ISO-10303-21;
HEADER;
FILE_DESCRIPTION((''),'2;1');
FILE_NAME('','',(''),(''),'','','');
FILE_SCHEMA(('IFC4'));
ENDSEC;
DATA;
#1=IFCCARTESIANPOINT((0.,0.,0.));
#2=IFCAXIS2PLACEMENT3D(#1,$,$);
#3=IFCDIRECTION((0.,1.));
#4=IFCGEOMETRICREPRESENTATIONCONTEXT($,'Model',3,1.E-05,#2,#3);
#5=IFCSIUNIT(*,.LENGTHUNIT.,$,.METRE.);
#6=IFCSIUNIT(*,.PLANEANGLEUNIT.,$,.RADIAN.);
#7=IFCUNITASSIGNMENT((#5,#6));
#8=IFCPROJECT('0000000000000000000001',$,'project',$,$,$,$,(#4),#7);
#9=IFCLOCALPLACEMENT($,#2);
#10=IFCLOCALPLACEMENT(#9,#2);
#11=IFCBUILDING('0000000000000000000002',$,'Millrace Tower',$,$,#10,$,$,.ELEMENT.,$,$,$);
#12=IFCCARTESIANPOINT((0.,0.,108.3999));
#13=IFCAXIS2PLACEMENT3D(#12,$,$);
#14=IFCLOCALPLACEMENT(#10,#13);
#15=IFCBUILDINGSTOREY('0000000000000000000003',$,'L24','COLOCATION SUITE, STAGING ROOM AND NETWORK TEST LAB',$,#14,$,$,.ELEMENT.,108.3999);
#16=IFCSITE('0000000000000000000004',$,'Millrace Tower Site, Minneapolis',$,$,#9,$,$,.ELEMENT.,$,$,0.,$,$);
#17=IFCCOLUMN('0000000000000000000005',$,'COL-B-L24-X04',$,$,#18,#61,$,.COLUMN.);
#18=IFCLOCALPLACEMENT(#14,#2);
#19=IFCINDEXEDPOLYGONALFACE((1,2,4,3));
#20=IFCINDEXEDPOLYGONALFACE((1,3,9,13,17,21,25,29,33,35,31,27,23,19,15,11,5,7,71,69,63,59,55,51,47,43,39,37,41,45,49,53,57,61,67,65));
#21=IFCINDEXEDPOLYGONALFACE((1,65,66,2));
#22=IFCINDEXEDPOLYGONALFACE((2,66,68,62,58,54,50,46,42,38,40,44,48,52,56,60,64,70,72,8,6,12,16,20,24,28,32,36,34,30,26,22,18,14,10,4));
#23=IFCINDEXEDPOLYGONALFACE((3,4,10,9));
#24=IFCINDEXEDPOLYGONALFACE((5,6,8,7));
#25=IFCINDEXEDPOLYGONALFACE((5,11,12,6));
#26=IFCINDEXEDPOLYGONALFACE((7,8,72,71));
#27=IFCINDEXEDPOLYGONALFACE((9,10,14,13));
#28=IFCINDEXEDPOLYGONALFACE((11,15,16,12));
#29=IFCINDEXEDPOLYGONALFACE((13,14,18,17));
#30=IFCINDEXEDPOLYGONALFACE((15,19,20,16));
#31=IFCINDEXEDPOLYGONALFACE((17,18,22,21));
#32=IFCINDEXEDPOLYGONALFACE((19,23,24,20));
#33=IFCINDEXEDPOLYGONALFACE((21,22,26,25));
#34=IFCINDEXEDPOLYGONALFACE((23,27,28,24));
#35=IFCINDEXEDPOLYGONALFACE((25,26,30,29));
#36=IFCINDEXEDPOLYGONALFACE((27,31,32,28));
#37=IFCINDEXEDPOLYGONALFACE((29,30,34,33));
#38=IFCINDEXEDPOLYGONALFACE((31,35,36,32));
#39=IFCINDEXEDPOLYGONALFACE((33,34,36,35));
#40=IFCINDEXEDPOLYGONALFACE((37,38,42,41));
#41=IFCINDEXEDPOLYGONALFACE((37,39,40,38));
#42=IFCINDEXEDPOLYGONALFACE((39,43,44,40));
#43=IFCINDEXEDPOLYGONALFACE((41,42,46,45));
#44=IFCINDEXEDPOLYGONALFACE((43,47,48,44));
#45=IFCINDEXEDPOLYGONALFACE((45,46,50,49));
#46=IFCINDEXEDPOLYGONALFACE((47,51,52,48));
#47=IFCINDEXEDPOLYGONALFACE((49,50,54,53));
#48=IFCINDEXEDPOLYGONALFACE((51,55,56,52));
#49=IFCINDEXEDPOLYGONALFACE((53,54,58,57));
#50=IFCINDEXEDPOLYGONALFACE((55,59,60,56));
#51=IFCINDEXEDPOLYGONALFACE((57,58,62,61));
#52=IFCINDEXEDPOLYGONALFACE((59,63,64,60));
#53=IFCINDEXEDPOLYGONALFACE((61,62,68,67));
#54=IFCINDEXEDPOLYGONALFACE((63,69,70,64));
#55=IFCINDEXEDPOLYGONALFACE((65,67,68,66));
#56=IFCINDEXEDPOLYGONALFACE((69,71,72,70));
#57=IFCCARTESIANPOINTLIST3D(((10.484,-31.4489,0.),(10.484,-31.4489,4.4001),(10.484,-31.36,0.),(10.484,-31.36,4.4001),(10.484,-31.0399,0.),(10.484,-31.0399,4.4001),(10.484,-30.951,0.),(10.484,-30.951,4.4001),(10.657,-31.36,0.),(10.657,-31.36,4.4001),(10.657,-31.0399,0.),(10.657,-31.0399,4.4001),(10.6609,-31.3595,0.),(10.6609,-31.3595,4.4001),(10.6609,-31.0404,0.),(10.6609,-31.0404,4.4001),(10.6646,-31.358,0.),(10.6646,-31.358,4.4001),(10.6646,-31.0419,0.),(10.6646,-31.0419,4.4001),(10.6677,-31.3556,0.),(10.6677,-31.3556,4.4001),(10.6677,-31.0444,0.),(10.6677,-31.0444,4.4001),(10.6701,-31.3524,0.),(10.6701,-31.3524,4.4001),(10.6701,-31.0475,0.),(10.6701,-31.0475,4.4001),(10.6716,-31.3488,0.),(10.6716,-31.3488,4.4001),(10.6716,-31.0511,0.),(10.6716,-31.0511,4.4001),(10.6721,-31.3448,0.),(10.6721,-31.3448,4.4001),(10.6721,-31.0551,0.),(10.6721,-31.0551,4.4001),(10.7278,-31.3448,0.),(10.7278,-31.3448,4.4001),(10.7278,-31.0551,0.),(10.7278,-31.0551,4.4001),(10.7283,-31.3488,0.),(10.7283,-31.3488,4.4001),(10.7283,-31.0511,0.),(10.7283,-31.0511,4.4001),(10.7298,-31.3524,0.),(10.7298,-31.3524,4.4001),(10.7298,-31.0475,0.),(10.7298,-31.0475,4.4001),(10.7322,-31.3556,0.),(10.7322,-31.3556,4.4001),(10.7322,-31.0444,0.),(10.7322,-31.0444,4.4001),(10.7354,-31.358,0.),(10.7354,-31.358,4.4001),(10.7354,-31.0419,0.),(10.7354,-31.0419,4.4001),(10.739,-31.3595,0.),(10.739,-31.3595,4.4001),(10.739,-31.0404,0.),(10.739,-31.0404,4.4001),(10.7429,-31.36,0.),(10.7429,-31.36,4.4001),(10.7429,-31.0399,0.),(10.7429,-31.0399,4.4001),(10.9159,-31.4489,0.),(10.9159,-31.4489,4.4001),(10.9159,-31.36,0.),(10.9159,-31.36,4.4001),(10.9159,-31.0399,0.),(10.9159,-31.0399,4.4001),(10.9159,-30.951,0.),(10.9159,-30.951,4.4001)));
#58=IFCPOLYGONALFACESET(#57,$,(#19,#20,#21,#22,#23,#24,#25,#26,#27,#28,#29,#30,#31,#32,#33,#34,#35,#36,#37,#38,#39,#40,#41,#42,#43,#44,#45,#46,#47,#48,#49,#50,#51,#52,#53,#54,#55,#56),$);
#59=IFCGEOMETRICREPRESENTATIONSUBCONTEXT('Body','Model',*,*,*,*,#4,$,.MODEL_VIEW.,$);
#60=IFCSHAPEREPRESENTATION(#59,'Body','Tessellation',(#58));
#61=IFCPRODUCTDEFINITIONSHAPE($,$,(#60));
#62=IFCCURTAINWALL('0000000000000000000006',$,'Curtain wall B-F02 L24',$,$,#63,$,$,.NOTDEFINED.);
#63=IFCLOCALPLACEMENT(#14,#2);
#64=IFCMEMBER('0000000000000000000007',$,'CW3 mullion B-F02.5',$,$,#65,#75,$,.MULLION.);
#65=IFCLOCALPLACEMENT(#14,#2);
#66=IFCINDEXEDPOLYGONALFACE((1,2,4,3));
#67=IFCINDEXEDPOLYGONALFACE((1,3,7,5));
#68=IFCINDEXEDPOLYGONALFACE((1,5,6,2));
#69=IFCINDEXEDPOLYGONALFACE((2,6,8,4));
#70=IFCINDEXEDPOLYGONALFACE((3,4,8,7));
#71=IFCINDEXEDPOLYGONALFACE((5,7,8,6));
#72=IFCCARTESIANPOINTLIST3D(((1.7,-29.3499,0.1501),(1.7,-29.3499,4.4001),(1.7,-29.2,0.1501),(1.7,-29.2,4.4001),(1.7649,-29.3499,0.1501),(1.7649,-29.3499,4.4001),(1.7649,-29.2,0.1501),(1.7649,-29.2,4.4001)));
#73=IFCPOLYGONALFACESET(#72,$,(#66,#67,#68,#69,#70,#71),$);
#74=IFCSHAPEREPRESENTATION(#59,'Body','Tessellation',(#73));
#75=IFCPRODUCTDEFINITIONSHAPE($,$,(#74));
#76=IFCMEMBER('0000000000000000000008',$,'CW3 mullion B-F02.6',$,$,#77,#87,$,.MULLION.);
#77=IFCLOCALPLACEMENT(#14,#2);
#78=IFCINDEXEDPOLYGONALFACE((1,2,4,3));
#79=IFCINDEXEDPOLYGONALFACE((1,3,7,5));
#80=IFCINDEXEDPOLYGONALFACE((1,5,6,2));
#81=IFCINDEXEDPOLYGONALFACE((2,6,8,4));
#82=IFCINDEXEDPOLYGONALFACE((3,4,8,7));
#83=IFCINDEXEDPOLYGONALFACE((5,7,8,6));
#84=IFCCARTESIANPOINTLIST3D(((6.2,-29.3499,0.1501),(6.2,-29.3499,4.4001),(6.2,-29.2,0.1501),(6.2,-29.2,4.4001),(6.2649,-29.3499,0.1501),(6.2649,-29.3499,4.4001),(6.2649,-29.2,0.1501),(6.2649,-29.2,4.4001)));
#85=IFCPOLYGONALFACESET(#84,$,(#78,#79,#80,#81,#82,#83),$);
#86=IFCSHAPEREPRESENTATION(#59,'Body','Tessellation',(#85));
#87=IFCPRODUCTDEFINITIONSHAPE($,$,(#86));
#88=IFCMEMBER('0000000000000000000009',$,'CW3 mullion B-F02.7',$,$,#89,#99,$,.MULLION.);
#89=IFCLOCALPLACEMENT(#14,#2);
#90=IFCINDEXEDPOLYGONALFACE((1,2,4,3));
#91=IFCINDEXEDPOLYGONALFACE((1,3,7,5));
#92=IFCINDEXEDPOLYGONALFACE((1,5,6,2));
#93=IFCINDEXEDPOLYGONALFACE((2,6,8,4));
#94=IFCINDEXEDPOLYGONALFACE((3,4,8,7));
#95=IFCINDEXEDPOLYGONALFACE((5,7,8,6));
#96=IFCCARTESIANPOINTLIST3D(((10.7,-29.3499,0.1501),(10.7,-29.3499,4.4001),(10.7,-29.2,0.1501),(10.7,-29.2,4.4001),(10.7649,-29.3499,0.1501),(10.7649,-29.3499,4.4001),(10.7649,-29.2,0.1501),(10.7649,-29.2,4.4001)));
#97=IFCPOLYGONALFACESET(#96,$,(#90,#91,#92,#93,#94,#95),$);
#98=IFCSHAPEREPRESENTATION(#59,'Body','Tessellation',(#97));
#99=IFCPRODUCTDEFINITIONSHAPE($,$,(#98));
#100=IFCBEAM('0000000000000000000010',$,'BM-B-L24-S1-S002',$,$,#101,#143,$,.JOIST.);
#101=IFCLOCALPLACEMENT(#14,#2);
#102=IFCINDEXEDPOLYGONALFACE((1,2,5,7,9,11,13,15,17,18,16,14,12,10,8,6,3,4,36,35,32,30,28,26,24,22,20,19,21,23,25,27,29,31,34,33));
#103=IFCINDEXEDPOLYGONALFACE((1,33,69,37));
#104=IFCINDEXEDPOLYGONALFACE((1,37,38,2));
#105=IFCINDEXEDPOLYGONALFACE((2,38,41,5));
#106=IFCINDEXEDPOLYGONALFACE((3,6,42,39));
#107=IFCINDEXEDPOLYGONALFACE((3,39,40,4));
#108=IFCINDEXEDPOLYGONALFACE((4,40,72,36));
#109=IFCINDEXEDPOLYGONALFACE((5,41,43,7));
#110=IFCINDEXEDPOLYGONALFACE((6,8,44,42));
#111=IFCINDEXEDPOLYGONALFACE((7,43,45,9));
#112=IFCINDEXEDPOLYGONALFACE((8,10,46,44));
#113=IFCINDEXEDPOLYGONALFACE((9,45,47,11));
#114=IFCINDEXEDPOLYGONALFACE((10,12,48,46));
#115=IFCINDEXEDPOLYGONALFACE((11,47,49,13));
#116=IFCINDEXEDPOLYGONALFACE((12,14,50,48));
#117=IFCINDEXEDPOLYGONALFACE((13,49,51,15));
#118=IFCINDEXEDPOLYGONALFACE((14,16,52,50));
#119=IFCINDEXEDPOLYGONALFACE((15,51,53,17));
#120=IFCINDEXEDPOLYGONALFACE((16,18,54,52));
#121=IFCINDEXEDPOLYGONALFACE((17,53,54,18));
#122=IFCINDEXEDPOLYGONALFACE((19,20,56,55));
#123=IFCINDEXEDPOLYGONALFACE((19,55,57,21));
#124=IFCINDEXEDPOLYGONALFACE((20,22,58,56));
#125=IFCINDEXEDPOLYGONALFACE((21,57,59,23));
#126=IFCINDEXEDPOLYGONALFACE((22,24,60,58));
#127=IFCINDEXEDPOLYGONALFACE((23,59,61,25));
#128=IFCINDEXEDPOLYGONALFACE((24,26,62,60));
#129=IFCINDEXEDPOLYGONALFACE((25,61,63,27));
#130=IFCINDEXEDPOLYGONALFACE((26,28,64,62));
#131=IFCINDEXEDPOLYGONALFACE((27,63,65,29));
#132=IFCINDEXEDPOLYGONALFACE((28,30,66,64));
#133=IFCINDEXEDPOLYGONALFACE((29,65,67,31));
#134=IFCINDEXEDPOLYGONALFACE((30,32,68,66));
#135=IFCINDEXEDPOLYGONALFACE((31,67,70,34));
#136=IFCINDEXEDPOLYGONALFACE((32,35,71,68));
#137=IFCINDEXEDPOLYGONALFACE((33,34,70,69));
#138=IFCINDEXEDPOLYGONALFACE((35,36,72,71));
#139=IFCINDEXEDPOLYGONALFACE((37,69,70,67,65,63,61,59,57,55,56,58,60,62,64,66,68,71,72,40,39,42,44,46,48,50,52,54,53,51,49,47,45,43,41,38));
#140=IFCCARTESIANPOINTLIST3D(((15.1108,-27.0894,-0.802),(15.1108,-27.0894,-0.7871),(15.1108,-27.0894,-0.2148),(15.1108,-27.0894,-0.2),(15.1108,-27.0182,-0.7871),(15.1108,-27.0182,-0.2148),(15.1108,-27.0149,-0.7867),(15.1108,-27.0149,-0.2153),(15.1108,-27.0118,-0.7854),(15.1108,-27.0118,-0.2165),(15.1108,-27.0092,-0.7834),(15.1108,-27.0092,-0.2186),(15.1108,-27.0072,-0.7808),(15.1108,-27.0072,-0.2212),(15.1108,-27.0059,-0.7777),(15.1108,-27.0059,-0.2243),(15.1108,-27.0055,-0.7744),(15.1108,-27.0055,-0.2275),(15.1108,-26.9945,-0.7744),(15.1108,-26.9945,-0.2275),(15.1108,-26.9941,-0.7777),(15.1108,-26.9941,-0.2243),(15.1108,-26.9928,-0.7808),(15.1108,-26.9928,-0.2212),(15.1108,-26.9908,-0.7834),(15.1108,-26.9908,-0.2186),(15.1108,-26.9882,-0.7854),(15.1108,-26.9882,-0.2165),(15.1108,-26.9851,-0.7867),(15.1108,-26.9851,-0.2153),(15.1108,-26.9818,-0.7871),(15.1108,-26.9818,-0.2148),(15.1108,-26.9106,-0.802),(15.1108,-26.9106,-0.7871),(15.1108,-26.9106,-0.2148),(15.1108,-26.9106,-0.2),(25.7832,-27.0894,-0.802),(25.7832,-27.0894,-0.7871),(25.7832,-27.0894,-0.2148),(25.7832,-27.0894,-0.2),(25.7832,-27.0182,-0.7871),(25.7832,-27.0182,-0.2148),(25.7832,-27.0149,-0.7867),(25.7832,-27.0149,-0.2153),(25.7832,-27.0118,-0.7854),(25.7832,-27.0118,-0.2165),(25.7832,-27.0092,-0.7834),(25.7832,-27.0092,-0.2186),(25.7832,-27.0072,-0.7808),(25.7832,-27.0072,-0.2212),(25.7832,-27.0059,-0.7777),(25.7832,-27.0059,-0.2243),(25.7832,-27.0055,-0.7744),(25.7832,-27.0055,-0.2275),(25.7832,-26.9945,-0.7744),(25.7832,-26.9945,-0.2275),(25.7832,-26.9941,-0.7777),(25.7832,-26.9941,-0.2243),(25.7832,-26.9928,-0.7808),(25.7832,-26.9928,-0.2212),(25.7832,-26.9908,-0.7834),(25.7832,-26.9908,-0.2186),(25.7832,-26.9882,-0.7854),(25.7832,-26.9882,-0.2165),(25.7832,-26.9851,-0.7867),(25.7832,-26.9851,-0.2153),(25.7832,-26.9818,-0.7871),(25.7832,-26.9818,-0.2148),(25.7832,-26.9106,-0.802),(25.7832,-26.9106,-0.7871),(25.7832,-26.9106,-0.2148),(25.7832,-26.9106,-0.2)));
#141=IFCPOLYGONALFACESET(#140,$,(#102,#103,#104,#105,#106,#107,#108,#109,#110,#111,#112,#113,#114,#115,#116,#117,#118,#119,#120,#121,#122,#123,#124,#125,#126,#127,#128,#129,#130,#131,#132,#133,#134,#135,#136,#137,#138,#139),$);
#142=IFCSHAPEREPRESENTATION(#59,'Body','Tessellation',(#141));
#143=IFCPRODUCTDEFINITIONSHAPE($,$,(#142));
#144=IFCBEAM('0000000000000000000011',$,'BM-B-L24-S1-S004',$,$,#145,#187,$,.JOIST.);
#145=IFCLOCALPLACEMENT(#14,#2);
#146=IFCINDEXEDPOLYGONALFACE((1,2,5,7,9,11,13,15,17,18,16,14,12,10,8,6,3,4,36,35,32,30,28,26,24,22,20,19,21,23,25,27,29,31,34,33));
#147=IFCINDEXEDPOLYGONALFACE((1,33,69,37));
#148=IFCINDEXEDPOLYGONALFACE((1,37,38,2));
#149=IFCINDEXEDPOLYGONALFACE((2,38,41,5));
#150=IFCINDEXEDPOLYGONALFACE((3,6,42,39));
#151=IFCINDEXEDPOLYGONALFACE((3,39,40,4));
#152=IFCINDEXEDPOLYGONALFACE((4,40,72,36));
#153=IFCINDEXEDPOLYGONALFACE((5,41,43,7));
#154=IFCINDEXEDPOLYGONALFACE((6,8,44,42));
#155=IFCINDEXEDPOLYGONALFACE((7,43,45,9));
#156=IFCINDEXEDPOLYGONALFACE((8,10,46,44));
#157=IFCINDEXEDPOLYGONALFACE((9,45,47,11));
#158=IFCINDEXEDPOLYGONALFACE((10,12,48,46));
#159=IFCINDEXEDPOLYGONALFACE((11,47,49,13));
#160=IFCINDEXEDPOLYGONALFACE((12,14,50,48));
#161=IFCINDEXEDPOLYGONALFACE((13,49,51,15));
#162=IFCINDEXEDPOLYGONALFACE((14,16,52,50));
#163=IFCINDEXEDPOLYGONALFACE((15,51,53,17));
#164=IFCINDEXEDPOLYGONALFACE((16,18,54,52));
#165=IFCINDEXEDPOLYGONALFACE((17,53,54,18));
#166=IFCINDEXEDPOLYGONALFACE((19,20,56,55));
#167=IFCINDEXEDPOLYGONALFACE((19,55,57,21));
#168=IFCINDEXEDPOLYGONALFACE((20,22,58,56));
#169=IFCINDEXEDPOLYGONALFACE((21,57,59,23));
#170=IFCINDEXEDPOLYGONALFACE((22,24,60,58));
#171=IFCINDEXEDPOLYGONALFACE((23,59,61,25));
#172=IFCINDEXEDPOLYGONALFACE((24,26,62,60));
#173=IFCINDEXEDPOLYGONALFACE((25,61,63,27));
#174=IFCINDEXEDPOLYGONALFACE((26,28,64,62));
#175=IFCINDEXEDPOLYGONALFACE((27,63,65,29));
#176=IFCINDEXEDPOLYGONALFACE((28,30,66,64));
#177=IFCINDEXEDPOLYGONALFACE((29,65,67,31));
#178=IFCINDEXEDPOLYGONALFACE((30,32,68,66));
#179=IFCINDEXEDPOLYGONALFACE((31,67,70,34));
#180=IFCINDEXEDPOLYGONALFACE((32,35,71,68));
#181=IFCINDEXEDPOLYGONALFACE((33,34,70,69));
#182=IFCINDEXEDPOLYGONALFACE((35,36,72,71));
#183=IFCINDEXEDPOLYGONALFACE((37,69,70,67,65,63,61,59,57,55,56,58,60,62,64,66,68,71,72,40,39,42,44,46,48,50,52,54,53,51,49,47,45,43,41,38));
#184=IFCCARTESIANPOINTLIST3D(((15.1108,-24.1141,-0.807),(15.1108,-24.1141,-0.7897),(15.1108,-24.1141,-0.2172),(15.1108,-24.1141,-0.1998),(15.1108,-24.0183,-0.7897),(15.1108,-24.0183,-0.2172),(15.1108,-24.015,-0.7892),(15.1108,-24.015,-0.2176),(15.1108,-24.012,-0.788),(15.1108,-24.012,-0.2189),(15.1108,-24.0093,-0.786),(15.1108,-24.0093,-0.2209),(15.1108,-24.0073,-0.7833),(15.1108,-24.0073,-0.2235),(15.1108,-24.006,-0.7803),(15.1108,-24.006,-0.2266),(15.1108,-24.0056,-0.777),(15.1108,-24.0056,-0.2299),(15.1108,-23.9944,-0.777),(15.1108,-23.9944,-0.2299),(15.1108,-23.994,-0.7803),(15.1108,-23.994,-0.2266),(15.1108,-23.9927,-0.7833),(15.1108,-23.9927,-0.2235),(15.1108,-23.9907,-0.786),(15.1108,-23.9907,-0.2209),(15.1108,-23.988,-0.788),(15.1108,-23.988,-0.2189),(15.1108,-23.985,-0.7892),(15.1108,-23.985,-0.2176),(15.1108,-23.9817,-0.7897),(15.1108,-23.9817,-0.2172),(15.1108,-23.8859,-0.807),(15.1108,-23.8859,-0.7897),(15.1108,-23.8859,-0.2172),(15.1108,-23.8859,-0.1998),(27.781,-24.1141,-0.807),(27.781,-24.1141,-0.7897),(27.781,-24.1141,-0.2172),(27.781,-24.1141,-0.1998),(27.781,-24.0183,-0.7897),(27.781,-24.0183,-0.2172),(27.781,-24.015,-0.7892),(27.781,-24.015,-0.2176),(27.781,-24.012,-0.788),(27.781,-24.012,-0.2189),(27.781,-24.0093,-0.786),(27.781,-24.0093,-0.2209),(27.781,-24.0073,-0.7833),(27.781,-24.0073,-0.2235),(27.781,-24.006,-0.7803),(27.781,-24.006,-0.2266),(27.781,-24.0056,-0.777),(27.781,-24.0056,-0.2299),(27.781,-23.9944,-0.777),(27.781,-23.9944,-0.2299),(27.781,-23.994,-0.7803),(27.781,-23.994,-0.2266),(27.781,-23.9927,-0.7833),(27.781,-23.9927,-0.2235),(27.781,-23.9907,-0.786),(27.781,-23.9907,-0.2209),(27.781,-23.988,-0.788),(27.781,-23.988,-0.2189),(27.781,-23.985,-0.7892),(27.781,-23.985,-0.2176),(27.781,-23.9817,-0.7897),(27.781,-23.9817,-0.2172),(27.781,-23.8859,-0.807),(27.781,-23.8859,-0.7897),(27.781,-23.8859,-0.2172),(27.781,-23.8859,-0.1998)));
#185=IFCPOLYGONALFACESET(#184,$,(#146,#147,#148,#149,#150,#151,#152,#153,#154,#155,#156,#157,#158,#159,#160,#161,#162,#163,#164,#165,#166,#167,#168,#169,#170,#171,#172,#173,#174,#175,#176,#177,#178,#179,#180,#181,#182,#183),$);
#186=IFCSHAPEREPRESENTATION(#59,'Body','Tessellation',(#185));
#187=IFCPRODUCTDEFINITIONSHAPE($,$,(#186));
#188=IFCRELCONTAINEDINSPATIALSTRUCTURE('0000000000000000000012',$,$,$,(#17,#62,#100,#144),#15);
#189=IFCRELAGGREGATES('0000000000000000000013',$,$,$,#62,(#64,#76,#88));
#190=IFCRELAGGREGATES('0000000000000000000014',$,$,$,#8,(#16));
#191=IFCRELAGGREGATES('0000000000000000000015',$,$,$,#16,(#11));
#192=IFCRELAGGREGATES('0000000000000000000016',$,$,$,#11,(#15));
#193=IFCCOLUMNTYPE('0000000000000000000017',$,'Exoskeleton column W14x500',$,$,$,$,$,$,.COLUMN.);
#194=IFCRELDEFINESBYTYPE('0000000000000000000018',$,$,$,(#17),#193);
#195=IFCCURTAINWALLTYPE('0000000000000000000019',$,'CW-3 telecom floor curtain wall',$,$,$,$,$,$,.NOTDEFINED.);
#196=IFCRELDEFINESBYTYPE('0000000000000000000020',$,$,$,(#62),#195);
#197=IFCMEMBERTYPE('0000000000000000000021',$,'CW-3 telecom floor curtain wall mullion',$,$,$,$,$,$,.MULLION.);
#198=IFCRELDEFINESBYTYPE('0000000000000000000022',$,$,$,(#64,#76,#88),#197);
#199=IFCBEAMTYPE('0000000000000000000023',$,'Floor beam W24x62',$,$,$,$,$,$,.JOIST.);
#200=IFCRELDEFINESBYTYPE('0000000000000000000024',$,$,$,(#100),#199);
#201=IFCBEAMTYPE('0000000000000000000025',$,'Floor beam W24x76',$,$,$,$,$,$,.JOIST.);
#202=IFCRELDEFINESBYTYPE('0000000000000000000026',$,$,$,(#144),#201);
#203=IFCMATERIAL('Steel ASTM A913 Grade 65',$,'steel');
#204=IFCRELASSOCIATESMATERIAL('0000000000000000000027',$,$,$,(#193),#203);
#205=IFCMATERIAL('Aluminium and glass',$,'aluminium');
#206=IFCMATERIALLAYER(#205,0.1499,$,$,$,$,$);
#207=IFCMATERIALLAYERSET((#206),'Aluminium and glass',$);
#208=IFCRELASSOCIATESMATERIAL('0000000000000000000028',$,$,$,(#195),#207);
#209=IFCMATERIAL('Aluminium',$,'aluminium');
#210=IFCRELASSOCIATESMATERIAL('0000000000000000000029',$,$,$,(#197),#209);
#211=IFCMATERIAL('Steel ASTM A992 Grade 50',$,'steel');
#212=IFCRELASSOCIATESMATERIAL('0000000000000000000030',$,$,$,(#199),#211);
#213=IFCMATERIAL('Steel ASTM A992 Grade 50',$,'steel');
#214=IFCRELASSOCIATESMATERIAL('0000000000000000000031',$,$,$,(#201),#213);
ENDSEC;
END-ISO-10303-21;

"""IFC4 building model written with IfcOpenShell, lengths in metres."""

from ifc_helpers import new_model, si_unit, direction, frame, origin, origin_2d, place, context, subcontext, project, spatial, rectangle, i_section, extrude, material, layer, layer_set, material_profile, profile_set, type_object, element, aggregate, save


model = new_model("IFC4")

# Units and contexts
model_context = context("Model", 3, precision=1e-05, world=origin(), true_north=direction((0.0, 1.0)))
body_context = subcontext(model_context, "Body", "Model", "MODEL_VIEW")
ifc_project = project(units=[si_unit("LENGTHUNIT", "METRE"), si_unit("PLANEANGLEUNIT", "RADIAN")], contexts=[model_context])

# Site, building, storey
site_placement = place(None, origin())
site = spatial("IfcSite", under=ifc_project, at=site_placement, Name="Millrace Tower Site, Minneapolis", CompositionType="ELEMENT", RefElevation=0.0)
building_placement = place(site_placement, origin())
building = spatial("IfcBuilding", under=site, at=building_placement, Name="Millrace Tower", CompositionType="ELEMENT")
storey_placement = place(building_placement, frame((0.0, 0.0, 108.3999)))
storey = spatial("IfcBuildingStorey", under=building, at=storey_placement, Name="L24", Description="COLOCATION SUITE, STAGING ROOM AND NETWORK TEST LAB", CompositionType="ELEMENT", Elevation=108.3999)

# Column
ifc_material_1 = material(Name="Steel ASTM A913 Grade 65", Category="steel")
ifc_material_profile_1 = material_profile(ifc_material_1, i_section(OverallWidth=0.4319, OverallDepth=0.4978, WebThickness=0.0557, FlangeThickness=0.0889, FilletRadius=0.0151, at=origin_2d()))
ifc_profile_set_1 = profile_set([ifc_material_profile_1], Name="Steel ASTM A913 Grade 65")
column_type = type_object("IfcColumnType", Name="Exoskeleton column W14x500", PredefinedType="COLUMN", material=ifc_profile_set_1)
column_placement = place(storey_placement, frame((10.7, -31.2, 0.0), z_axis=(0.0, 0.0, 1.0), x_axis=(1.0, 0.0, 0.0)))
element("IfcColumn", 1, at=column_placement, inside=storey, type_object=column_type, Name="COL-B-L24-X04", PredefinedType="COLUMN", context=body_context, shape_type="SweptSolid", body=[
    extrude(i_section(OverallWidth=0.4319, OverallDepth=0.4978, WebThickness=0.0557, FlangeThickness=0.0889, FilletRadius=0.0151, at=origin_2d()), origin(), (0.0, 0.0, 1.0), 4.4001),
])

# Curtain wall, members
ifc_material_2 = material(Name="Aluminium and glass", Category="aluminium")
ifc_layer_1 = layer(ifc_material_2, 0.1499)
ifc_layer_set_1 = layer_set([ifc_layer_1], Name="Aluminium and glass")
curtain_wall_type = type_object("IfcCurtainWallType", Name="CW-3 telecom floor curtain wall", PredefinedType="NOTDEFINED", material=ifc_layer_set_1)
curtain_wall_placement = place(storey_placement, origin())
curtain_wall = element("IfcCurtainWall", 2, at=curtain_wall_placement, inside=storey, type_object=curtain_wall_type, Name="Curtain wall B-F02 L24", PredefinedType="NOTDEFINED")
ifc_material_3 = material(Name="Aluminium", Category="aluminium")
ifc_material_profile_2 = material_profile(ifc_material_3, rectangle(XDim=0.0649, YDim=0.1499, at=origin_2d()))
ifc_profile_set_2 = profile_set([ifc_material_profile_2], Name="Aluminium")
member_type = type_object("IfcMemberType", Name="CW-3 telecom floor curtain wall mullion", PredefinedType="MULLION", material=ifc_profile_set_2)
member_1_placement = place(storey_placement, frame((1.7324, -29.2749, 0.1501), z_axis=(0.0, 0.0, 1.0), x_axis=(1.0, 0.0, 0.0)))
member_1 = element("IfcMember", 3, at=member_1_placement, type_object=member_type, Name="CW3 mullion B-F02.5", PredefinedType="MULLION", context=body_context, shape_type="SweptSolid", body=[
    extrude(rectangle(XDim=0.0649, YDim=0.1499, at=origin_2d()), origin(), (0.0, 0.0, 1.0), 4.25),
])
member_2_placement = place(storey_placement, frame((6.2324, -29.2749, 0.1501), z_axis=(0.0, 0.0, 1.0), x_axis=(1.0, 0.0, 0.0)))
member_2 = element("IfcMember", 4, at=member_2_placement, type_object=member_type, Name="CW3 mullion B-F02.6", PredefinedType="MULLION", context=body_context, shape_type="SweptSolid", body=[
    extrude(rectangle(XDim=0.0649, YDim=0.1499, at=origin_2d()), origin(), (0.0, 0.0, 1.0), 4.25),
])
member_3_placement = place(storey_placement, frame((10.7324, -29.2749, 0.1501), z_axis=(0.0, 0.0, 1.0), x_axis=(1.0, 0.0, 0.0)))
member_3 = element("IfcMember", 5, at=member_3_placement, type_object=member_type, Name="CW3 mullion B-F02.7", PredefinedType="MULLION", context=body_context, shape_type="SweptSolid", body=[
    extrude(rectangle(XDim=0.0649, YDim=0.1499, at=origin_2d()), origin(), (0.0, 0.0, 1.0), 4.25),
])
aggregate(curtain_wall, [member_1, member_2, member_3])

# Beams
ifc_material_4 = material(Name="Steel ASTM A992 Grade 50", Category="steel")
ifc_material_profile_3 = material_profile(ifc_material_4, i_section(OverallWidth=0.1787, OverallDepth=0.6021, WebThickness=0.011, FlangeThickness=0.0149, FilletRadius=0.0127, at=origin_2d()))
ifc_profile_set_3 = profile_set([ifc_material_profile_3], Name="Steel ASTM A992 Grade 50")
beam_type_1 = type_object("IfcBeamType", Name="Floor beam W24x62", PredefinedType="JOIST", material=ifc_profile_set_3)
beam_1_placement = place(storey_placement, frame((15.1108, -27.0, -0.501), z_axis=(1.0, 0.0, 0.0), x_axis=(0.0, 1.0, 0.0)))
element("IfcBeam", 6, at=beam_1_placement, inside=storey, type_object=beam_type_1, Name="BM-B-L24-S1-S002", PredefinedType="JOIST", context=body_context, shape_type="SweptSolid", body=[
    extrude(i_section(OverallWidth=0.1787, OverallDepth=0.6021, WebThickness=0.011, FlangeThickness=0.0149, FilletRadius=0.0127, at=origin_2d()), origin(), (0.0, 0.0, 1.0), 10.6724),
])
ifc_material_5 = material(Name="Steel ASTM A992 Grade 50", Category="steel")
ifc_material_profile_4 = material_profile(ifc_material_5, i_section(OverallWidth=0.2283, OverallDepth=0.6072, WebThickness=0.0112, FlangeThickness=0.0173, FilletRadius=0.0127, at=origin_2d()))
ifc_profile_set_4 = profile_set([ifc_material_profile_4], Name="Steel ASTM A992 Grade 50")
beam_type_2 = type_object("IfcBeamType", Name="Floor beam W24x76", PredefinedType="JOIST", material=ifc_profile_set_4)
for number, where, z_axis, x_axis, name in (
    (7, (15.1108, -24.0, -0.5034), (1.0, 0.0, 0.0), (0.0, 1.0, 0.0), "BM-B-L24-S1-S004"),
):
    element("IfcBeam", number, at=place(storey_placement, frame(where, z_axis=z_axis, x_axis=x_axis)), inside=storey, type_object=beam_type_2, Name=name, PredefinedType="JOIST", context=body_context, shape_type="SweptSolid", body=[
        extrude(i_section(OverallWidth=0.2283, OverallDepth=0.6072, WebThickness=0.0112, FlangeThickness=0.0173, FilletRadius=0.0127, at=origin_2d()), origin(), (0.0, 0.0, 1.0), 12.6702),
    ])

save(model, "model.ifc")
